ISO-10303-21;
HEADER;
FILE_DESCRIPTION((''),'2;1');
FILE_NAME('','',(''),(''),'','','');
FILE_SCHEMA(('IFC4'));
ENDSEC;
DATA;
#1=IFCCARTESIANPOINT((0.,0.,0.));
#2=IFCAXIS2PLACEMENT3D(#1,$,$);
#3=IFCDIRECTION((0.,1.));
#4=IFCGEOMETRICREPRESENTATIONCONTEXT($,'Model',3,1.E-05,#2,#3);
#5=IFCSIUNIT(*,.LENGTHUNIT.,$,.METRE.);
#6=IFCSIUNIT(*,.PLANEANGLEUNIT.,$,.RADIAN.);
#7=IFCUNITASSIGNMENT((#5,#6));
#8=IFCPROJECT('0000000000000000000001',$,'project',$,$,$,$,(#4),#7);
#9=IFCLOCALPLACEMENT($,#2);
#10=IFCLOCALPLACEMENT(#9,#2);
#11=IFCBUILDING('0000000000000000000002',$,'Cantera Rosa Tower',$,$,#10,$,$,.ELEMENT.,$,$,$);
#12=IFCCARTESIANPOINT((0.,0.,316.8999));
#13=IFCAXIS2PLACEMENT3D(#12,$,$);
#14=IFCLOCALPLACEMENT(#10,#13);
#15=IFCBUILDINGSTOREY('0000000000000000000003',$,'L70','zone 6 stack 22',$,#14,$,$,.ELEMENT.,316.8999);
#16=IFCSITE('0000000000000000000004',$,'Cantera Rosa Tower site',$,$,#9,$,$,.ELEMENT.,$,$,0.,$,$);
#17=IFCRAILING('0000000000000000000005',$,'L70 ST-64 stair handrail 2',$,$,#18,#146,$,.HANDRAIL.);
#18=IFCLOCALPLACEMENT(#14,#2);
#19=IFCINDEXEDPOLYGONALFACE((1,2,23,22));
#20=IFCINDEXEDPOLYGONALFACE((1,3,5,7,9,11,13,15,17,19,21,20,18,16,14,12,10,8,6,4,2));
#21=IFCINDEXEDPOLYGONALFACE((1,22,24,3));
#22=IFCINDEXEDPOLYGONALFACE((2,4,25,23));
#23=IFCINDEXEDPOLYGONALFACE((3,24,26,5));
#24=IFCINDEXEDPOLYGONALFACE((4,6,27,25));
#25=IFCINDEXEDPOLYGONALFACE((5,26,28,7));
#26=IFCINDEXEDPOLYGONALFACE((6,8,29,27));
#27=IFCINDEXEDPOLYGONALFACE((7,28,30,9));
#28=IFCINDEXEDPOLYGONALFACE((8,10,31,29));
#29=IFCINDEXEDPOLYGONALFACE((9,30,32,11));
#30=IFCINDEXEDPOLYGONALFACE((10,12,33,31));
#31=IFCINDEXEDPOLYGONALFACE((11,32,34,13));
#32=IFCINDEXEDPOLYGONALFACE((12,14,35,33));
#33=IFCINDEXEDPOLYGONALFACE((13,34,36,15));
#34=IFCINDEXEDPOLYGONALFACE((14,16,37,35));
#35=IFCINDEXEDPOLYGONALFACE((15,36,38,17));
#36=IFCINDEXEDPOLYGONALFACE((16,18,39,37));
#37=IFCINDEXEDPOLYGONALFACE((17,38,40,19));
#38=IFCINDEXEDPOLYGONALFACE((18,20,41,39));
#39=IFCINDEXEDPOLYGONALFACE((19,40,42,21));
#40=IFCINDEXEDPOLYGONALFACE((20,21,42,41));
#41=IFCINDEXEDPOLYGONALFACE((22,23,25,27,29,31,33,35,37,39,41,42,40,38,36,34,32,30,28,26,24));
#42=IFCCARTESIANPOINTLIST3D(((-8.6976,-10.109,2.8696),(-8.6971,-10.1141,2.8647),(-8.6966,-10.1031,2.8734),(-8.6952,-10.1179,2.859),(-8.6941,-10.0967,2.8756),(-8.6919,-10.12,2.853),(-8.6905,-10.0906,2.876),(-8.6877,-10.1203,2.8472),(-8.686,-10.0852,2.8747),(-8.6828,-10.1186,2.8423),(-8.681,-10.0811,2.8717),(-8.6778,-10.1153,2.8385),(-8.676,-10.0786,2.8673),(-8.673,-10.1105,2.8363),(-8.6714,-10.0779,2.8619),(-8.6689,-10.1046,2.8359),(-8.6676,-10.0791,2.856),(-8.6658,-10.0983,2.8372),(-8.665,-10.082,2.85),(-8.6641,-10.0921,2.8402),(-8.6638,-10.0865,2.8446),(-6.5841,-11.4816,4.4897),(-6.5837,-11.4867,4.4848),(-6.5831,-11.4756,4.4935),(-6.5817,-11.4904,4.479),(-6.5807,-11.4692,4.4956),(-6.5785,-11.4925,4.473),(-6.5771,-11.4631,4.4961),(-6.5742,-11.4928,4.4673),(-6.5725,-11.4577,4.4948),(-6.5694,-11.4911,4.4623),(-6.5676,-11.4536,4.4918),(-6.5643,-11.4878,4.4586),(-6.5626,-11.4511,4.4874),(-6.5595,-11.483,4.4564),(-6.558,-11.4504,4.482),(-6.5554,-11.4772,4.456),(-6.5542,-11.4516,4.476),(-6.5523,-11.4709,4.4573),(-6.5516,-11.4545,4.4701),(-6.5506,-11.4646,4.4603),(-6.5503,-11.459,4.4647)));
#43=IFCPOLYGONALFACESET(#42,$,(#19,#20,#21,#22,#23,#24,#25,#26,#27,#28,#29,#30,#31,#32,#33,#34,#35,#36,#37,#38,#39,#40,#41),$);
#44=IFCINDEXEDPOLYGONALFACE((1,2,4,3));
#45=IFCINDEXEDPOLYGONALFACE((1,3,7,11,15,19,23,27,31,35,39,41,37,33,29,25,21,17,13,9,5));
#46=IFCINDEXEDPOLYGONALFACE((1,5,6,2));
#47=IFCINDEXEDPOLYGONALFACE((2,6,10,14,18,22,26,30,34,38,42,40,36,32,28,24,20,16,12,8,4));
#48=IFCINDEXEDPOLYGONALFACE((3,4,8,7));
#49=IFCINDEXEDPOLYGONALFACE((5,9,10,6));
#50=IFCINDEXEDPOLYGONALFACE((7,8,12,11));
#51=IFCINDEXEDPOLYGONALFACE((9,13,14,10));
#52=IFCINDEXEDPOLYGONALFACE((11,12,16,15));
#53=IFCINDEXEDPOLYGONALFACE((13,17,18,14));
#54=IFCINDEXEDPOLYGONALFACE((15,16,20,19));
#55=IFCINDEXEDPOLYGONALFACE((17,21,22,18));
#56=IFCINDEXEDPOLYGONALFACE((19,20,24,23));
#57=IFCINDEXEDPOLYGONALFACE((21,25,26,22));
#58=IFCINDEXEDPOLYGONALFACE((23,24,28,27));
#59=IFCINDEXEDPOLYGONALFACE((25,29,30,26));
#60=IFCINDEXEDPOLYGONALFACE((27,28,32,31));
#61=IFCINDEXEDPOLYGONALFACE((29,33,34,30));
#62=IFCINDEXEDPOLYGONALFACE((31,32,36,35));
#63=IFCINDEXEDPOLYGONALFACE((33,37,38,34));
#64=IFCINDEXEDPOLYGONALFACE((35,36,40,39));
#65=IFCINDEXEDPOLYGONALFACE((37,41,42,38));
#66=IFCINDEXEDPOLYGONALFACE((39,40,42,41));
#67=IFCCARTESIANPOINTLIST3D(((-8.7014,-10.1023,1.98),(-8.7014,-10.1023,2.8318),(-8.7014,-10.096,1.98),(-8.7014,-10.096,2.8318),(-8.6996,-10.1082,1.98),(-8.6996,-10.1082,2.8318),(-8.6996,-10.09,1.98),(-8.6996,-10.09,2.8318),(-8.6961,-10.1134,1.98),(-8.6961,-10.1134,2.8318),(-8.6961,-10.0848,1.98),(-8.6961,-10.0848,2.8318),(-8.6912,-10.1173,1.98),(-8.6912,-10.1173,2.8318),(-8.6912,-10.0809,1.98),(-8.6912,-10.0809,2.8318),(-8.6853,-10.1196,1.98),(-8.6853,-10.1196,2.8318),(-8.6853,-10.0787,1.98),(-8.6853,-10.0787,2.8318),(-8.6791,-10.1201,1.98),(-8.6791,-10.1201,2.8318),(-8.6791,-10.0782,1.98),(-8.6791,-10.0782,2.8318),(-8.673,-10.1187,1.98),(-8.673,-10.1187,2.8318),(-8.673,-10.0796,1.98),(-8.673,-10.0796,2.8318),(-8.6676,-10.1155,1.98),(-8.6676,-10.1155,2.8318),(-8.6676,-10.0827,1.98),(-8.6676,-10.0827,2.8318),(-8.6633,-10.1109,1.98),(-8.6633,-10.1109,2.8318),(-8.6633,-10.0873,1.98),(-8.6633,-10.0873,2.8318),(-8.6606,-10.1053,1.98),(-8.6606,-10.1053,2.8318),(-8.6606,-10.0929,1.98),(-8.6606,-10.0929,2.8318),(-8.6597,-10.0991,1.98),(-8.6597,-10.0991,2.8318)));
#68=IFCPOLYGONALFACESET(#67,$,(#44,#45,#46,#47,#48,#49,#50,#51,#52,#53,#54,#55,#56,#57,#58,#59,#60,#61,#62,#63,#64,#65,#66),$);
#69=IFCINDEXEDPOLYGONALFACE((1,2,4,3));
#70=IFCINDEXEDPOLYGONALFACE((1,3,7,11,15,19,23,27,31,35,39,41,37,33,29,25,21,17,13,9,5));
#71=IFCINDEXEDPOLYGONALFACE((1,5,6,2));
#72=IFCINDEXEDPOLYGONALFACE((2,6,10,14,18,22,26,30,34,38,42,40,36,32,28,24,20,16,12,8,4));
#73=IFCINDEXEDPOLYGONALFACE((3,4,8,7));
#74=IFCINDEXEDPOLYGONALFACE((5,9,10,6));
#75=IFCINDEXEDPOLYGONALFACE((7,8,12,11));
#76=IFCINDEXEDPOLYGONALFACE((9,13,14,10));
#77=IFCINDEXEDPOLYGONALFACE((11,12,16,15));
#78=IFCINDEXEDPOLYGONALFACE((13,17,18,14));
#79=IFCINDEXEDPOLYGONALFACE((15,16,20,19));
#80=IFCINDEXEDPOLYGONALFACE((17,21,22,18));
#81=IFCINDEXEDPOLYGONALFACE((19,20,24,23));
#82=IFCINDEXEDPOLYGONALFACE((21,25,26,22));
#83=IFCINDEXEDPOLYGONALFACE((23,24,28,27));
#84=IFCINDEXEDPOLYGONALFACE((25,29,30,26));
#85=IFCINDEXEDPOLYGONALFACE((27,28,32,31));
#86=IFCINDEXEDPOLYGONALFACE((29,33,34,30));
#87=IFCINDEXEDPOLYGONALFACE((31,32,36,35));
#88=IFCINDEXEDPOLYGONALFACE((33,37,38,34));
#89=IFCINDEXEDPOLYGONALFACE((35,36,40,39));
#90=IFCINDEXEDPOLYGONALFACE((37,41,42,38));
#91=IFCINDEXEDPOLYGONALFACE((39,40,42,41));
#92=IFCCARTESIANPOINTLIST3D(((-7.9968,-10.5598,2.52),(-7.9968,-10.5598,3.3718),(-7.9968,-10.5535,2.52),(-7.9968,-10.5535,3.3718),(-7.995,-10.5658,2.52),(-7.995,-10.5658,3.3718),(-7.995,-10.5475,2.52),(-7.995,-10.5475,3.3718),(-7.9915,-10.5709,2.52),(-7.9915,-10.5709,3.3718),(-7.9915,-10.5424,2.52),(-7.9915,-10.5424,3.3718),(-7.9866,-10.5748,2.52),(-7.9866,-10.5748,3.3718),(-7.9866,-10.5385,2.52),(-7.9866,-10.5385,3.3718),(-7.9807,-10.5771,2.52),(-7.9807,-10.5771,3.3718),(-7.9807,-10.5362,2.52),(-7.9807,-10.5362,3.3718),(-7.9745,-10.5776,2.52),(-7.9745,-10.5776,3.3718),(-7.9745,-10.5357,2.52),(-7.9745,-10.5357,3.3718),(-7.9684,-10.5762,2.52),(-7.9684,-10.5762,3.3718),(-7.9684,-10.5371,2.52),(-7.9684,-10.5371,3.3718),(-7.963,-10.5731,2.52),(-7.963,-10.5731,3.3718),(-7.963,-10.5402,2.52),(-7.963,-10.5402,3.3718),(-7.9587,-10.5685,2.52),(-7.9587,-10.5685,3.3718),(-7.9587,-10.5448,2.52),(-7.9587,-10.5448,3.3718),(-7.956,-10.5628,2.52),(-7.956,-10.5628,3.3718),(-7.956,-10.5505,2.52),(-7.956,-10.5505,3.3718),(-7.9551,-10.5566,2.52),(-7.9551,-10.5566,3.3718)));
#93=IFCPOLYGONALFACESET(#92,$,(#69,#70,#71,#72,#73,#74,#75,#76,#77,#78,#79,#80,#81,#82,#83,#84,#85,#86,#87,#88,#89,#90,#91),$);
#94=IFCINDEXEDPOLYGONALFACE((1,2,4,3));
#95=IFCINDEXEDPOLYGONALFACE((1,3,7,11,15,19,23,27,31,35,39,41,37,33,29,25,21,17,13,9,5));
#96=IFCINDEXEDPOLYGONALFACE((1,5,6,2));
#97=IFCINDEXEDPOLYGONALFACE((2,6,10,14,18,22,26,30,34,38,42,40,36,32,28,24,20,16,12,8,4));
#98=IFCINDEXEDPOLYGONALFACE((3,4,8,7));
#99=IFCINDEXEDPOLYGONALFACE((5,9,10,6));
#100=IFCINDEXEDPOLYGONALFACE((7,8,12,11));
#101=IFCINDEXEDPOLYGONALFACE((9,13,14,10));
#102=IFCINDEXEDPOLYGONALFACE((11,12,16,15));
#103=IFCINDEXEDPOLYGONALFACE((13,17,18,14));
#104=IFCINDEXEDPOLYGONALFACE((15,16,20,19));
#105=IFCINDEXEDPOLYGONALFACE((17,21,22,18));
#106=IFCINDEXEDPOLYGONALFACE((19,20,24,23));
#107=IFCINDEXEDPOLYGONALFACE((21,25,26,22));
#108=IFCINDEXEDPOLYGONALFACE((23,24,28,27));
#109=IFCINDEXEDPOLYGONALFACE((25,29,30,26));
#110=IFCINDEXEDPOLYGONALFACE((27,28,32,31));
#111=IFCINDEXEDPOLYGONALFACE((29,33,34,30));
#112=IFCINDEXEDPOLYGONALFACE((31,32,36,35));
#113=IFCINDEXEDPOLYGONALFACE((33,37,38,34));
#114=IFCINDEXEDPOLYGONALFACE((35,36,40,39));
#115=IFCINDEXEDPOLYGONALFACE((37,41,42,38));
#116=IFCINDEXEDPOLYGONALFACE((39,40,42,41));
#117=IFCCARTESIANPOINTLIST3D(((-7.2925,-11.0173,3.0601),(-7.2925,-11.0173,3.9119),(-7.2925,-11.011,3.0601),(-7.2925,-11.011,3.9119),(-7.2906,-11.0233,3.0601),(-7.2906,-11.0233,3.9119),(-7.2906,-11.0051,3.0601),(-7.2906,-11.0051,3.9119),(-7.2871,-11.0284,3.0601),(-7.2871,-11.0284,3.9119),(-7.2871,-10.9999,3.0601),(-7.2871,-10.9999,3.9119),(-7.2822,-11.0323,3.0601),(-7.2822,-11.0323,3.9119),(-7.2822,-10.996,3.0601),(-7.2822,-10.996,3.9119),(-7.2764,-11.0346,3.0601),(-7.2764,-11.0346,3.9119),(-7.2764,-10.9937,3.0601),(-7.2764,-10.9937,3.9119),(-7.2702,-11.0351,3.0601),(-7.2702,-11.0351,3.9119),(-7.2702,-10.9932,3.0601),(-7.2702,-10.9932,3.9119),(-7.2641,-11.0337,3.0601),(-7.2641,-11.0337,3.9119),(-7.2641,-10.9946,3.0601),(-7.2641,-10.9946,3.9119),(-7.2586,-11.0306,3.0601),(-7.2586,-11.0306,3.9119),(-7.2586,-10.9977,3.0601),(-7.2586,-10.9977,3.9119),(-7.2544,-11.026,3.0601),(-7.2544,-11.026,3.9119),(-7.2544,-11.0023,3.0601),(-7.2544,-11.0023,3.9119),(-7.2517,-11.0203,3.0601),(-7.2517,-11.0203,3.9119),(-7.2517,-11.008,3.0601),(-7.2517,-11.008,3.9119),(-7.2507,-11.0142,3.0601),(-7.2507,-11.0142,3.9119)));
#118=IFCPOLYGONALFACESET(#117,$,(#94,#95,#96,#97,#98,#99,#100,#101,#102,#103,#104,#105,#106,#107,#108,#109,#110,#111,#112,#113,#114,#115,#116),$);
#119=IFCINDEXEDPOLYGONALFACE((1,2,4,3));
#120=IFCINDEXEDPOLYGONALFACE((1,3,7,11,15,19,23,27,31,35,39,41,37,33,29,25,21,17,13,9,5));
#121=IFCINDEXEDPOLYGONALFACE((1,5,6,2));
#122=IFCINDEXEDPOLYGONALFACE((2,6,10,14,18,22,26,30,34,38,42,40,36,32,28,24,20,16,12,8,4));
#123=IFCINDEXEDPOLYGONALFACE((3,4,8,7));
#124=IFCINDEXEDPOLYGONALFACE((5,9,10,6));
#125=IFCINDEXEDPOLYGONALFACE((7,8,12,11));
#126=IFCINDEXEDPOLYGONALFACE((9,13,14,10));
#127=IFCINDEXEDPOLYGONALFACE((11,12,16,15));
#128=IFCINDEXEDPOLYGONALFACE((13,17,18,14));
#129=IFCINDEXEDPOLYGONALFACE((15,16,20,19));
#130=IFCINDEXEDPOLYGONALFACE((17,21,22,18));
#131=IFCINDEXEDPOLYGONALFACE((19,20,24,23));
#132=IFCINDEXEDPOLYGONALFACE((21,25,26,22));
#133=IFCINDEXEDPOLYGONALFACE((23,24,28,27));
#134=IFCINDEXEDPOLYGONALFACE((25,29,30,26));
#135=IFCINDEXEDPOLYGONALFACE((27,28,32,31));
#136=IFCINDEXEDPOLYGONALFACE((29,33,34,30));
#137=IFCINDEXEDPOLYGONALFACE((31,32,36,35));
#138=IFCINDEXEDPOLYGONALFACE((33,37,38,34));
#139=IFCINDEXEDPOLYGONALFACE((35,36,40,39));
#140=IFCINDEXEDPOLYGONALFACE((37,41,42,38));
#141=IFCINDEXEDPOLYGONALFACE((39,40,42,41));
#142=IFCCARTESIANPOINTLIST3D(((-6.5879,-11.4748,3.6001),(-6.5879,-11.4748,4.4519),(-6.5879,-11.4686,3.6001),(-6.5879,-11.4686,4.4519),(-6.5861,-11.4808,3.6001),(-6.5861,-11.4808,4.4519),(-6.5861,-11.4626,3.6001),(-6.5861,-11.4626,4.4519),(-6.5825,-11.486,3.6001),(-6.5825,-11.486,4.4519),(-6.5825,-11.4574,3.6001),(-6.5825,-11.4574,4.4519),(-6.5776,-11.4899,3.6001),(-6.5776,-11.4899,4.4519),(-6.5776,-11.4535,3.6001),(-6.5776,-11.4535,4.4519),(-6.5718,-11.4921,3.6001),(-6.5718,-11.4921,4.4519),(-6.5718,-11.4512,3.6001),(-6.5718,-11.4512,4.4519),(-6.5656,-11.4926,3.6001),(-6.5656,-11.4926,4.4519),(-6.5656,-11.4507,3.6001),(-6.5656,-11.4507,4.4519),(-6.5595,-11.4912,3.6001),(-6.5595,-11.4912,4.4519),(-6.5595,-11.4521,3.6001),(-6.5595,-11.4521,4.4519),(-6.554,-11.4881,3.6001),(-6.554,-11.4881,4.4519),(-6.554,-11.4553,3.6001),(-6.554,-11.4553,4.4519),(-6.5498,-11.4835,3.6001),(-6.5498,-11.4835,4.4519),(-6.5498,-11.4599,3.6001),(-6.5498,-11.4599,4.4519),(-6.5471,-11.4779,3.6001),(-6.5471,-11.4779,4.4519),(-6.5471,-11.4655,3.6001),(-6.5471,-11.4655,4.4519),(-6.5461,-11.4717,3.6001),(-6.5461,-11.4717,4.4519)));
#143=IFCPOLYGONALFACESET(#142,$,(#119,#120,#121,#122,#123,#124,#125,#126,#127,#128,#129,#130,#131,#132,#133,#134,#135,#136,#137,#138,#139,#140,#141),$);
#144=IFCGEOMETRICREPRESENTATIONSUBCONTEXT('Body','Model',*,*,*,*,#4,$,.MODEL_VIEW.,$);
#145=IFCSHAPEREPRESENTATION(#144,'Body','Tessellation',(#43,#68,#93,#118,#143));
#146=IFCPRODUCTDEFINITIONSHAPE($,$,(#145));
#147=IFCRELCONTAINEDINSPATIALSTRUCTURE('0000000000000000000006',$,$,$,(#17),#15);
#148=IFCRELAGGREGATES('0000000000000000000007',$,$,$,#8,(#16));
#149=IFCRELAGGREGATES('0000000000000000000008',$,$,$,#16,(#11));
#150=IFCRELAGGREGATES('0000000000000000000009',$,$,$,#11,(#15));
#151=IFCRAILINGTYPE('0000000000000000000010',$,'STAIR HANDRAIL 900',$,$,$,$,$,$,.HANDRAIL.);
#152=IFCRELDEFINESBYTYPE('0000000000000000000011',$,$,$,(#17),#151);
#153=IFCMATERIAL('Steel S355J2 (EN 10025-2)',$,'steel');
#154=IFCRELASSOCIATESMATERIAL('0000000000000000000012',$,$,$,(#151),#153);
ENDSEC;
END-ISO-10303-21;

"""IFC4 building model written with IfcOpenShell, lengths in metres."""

from ifc_helpers import new_model, si_unit, direction, frame, origin, origin_2d, place, context, subcontext, project, spatial, circle, extrude, material, type_object, element, save


model = new_model("IFC4")

# Units and contexts
model_context = context("Model", 3, precision=1e-05, world=origin(), true_north=direction((0.0, 1.0)))
body_context = subcontext(model_context, "Body", "Model", "MODEL_VIEW")
ifc_project = project(units=[si_unit("LENGTHUNIT", "METRE"), si_unit("PLANEANGLEUNIT", "RADIAN")], contexts=[model_context])

# Site, building, storey
site_placement = place(None, origin())
site = spatial("IfcSite", under=ifc_project, at=site_placement, Name="Cantera Rosa Tower site", CompositionType="ELEMENT", RefElevation=0.0)
building_placement = place(site_placement, origin())
building = spatial("IfcBuilding", under=site, at=building_placement, Name="Cantera Rosa Tower", CompositionType="ELEMENT")
storey_placement = place(building_placement, frame((0.0, 0.0, 316.8999)))
storey = spatial("IfcBuildingStorey", under=building, at=storey_placement, Name="L70", Description="zone 6 stack 22", CompositionType="ELEMENT", Elevation=316.8999)

# Railing
ifc_material_1 = material(Name="Steel S355J2 (EN 10025-2)", Category="steel")
railing_type_1 = type_object("IfcRailingType", Name="STAIR HANDRAIL 900", PredefinedType="HANDRAIL", material=ifc_material_1)
railing_1_placement = place(storey_placement, frame((-8.6807, -10.0991, 1.98)))
element("IfcRailing", 1, at=railing_1_placement, inside=storey, type_object=railing_type_1, Name="L70 ST-64 stair handrail 2", PredefinedType="HANDRAIL", context=body_context, shape_type="SweptSolid", body=[
    extrude(circle(Radius=0.0239, at=origin_2d()), frame((0.0, 0.0, 0.876), z_axis=(0.705462, -0.458139, 0.54077), x_axis=(0.544644, 0.838667, 0.0)), (0.0, 0.0, 1.0), 2.9958),
    extrude(circle(Radius=0.021, at=origin_2d()), origin(), (0.0, 0.0, 1.0), 0.8518),
    extrude(circle(Radius=0.021, at=origin_2d()), frame((0.7046, -0.4575, 0.54)), (0.0, 0.0, 1.0), 0.8518),
    extrude(circle(Radius=0.021, at=origin_2d()), frame((1.4089, -0.915, 1.0801)), (0.0, 0.0, 1.0), 0.8518),
    extrude(circle(Radius=0.021, at=origin_2d()), frame((2.1135, -1.3726, 1.6201)), (0.0, 0.0, 1.0), 0.8518),
])

save(model, "model.ifc")
